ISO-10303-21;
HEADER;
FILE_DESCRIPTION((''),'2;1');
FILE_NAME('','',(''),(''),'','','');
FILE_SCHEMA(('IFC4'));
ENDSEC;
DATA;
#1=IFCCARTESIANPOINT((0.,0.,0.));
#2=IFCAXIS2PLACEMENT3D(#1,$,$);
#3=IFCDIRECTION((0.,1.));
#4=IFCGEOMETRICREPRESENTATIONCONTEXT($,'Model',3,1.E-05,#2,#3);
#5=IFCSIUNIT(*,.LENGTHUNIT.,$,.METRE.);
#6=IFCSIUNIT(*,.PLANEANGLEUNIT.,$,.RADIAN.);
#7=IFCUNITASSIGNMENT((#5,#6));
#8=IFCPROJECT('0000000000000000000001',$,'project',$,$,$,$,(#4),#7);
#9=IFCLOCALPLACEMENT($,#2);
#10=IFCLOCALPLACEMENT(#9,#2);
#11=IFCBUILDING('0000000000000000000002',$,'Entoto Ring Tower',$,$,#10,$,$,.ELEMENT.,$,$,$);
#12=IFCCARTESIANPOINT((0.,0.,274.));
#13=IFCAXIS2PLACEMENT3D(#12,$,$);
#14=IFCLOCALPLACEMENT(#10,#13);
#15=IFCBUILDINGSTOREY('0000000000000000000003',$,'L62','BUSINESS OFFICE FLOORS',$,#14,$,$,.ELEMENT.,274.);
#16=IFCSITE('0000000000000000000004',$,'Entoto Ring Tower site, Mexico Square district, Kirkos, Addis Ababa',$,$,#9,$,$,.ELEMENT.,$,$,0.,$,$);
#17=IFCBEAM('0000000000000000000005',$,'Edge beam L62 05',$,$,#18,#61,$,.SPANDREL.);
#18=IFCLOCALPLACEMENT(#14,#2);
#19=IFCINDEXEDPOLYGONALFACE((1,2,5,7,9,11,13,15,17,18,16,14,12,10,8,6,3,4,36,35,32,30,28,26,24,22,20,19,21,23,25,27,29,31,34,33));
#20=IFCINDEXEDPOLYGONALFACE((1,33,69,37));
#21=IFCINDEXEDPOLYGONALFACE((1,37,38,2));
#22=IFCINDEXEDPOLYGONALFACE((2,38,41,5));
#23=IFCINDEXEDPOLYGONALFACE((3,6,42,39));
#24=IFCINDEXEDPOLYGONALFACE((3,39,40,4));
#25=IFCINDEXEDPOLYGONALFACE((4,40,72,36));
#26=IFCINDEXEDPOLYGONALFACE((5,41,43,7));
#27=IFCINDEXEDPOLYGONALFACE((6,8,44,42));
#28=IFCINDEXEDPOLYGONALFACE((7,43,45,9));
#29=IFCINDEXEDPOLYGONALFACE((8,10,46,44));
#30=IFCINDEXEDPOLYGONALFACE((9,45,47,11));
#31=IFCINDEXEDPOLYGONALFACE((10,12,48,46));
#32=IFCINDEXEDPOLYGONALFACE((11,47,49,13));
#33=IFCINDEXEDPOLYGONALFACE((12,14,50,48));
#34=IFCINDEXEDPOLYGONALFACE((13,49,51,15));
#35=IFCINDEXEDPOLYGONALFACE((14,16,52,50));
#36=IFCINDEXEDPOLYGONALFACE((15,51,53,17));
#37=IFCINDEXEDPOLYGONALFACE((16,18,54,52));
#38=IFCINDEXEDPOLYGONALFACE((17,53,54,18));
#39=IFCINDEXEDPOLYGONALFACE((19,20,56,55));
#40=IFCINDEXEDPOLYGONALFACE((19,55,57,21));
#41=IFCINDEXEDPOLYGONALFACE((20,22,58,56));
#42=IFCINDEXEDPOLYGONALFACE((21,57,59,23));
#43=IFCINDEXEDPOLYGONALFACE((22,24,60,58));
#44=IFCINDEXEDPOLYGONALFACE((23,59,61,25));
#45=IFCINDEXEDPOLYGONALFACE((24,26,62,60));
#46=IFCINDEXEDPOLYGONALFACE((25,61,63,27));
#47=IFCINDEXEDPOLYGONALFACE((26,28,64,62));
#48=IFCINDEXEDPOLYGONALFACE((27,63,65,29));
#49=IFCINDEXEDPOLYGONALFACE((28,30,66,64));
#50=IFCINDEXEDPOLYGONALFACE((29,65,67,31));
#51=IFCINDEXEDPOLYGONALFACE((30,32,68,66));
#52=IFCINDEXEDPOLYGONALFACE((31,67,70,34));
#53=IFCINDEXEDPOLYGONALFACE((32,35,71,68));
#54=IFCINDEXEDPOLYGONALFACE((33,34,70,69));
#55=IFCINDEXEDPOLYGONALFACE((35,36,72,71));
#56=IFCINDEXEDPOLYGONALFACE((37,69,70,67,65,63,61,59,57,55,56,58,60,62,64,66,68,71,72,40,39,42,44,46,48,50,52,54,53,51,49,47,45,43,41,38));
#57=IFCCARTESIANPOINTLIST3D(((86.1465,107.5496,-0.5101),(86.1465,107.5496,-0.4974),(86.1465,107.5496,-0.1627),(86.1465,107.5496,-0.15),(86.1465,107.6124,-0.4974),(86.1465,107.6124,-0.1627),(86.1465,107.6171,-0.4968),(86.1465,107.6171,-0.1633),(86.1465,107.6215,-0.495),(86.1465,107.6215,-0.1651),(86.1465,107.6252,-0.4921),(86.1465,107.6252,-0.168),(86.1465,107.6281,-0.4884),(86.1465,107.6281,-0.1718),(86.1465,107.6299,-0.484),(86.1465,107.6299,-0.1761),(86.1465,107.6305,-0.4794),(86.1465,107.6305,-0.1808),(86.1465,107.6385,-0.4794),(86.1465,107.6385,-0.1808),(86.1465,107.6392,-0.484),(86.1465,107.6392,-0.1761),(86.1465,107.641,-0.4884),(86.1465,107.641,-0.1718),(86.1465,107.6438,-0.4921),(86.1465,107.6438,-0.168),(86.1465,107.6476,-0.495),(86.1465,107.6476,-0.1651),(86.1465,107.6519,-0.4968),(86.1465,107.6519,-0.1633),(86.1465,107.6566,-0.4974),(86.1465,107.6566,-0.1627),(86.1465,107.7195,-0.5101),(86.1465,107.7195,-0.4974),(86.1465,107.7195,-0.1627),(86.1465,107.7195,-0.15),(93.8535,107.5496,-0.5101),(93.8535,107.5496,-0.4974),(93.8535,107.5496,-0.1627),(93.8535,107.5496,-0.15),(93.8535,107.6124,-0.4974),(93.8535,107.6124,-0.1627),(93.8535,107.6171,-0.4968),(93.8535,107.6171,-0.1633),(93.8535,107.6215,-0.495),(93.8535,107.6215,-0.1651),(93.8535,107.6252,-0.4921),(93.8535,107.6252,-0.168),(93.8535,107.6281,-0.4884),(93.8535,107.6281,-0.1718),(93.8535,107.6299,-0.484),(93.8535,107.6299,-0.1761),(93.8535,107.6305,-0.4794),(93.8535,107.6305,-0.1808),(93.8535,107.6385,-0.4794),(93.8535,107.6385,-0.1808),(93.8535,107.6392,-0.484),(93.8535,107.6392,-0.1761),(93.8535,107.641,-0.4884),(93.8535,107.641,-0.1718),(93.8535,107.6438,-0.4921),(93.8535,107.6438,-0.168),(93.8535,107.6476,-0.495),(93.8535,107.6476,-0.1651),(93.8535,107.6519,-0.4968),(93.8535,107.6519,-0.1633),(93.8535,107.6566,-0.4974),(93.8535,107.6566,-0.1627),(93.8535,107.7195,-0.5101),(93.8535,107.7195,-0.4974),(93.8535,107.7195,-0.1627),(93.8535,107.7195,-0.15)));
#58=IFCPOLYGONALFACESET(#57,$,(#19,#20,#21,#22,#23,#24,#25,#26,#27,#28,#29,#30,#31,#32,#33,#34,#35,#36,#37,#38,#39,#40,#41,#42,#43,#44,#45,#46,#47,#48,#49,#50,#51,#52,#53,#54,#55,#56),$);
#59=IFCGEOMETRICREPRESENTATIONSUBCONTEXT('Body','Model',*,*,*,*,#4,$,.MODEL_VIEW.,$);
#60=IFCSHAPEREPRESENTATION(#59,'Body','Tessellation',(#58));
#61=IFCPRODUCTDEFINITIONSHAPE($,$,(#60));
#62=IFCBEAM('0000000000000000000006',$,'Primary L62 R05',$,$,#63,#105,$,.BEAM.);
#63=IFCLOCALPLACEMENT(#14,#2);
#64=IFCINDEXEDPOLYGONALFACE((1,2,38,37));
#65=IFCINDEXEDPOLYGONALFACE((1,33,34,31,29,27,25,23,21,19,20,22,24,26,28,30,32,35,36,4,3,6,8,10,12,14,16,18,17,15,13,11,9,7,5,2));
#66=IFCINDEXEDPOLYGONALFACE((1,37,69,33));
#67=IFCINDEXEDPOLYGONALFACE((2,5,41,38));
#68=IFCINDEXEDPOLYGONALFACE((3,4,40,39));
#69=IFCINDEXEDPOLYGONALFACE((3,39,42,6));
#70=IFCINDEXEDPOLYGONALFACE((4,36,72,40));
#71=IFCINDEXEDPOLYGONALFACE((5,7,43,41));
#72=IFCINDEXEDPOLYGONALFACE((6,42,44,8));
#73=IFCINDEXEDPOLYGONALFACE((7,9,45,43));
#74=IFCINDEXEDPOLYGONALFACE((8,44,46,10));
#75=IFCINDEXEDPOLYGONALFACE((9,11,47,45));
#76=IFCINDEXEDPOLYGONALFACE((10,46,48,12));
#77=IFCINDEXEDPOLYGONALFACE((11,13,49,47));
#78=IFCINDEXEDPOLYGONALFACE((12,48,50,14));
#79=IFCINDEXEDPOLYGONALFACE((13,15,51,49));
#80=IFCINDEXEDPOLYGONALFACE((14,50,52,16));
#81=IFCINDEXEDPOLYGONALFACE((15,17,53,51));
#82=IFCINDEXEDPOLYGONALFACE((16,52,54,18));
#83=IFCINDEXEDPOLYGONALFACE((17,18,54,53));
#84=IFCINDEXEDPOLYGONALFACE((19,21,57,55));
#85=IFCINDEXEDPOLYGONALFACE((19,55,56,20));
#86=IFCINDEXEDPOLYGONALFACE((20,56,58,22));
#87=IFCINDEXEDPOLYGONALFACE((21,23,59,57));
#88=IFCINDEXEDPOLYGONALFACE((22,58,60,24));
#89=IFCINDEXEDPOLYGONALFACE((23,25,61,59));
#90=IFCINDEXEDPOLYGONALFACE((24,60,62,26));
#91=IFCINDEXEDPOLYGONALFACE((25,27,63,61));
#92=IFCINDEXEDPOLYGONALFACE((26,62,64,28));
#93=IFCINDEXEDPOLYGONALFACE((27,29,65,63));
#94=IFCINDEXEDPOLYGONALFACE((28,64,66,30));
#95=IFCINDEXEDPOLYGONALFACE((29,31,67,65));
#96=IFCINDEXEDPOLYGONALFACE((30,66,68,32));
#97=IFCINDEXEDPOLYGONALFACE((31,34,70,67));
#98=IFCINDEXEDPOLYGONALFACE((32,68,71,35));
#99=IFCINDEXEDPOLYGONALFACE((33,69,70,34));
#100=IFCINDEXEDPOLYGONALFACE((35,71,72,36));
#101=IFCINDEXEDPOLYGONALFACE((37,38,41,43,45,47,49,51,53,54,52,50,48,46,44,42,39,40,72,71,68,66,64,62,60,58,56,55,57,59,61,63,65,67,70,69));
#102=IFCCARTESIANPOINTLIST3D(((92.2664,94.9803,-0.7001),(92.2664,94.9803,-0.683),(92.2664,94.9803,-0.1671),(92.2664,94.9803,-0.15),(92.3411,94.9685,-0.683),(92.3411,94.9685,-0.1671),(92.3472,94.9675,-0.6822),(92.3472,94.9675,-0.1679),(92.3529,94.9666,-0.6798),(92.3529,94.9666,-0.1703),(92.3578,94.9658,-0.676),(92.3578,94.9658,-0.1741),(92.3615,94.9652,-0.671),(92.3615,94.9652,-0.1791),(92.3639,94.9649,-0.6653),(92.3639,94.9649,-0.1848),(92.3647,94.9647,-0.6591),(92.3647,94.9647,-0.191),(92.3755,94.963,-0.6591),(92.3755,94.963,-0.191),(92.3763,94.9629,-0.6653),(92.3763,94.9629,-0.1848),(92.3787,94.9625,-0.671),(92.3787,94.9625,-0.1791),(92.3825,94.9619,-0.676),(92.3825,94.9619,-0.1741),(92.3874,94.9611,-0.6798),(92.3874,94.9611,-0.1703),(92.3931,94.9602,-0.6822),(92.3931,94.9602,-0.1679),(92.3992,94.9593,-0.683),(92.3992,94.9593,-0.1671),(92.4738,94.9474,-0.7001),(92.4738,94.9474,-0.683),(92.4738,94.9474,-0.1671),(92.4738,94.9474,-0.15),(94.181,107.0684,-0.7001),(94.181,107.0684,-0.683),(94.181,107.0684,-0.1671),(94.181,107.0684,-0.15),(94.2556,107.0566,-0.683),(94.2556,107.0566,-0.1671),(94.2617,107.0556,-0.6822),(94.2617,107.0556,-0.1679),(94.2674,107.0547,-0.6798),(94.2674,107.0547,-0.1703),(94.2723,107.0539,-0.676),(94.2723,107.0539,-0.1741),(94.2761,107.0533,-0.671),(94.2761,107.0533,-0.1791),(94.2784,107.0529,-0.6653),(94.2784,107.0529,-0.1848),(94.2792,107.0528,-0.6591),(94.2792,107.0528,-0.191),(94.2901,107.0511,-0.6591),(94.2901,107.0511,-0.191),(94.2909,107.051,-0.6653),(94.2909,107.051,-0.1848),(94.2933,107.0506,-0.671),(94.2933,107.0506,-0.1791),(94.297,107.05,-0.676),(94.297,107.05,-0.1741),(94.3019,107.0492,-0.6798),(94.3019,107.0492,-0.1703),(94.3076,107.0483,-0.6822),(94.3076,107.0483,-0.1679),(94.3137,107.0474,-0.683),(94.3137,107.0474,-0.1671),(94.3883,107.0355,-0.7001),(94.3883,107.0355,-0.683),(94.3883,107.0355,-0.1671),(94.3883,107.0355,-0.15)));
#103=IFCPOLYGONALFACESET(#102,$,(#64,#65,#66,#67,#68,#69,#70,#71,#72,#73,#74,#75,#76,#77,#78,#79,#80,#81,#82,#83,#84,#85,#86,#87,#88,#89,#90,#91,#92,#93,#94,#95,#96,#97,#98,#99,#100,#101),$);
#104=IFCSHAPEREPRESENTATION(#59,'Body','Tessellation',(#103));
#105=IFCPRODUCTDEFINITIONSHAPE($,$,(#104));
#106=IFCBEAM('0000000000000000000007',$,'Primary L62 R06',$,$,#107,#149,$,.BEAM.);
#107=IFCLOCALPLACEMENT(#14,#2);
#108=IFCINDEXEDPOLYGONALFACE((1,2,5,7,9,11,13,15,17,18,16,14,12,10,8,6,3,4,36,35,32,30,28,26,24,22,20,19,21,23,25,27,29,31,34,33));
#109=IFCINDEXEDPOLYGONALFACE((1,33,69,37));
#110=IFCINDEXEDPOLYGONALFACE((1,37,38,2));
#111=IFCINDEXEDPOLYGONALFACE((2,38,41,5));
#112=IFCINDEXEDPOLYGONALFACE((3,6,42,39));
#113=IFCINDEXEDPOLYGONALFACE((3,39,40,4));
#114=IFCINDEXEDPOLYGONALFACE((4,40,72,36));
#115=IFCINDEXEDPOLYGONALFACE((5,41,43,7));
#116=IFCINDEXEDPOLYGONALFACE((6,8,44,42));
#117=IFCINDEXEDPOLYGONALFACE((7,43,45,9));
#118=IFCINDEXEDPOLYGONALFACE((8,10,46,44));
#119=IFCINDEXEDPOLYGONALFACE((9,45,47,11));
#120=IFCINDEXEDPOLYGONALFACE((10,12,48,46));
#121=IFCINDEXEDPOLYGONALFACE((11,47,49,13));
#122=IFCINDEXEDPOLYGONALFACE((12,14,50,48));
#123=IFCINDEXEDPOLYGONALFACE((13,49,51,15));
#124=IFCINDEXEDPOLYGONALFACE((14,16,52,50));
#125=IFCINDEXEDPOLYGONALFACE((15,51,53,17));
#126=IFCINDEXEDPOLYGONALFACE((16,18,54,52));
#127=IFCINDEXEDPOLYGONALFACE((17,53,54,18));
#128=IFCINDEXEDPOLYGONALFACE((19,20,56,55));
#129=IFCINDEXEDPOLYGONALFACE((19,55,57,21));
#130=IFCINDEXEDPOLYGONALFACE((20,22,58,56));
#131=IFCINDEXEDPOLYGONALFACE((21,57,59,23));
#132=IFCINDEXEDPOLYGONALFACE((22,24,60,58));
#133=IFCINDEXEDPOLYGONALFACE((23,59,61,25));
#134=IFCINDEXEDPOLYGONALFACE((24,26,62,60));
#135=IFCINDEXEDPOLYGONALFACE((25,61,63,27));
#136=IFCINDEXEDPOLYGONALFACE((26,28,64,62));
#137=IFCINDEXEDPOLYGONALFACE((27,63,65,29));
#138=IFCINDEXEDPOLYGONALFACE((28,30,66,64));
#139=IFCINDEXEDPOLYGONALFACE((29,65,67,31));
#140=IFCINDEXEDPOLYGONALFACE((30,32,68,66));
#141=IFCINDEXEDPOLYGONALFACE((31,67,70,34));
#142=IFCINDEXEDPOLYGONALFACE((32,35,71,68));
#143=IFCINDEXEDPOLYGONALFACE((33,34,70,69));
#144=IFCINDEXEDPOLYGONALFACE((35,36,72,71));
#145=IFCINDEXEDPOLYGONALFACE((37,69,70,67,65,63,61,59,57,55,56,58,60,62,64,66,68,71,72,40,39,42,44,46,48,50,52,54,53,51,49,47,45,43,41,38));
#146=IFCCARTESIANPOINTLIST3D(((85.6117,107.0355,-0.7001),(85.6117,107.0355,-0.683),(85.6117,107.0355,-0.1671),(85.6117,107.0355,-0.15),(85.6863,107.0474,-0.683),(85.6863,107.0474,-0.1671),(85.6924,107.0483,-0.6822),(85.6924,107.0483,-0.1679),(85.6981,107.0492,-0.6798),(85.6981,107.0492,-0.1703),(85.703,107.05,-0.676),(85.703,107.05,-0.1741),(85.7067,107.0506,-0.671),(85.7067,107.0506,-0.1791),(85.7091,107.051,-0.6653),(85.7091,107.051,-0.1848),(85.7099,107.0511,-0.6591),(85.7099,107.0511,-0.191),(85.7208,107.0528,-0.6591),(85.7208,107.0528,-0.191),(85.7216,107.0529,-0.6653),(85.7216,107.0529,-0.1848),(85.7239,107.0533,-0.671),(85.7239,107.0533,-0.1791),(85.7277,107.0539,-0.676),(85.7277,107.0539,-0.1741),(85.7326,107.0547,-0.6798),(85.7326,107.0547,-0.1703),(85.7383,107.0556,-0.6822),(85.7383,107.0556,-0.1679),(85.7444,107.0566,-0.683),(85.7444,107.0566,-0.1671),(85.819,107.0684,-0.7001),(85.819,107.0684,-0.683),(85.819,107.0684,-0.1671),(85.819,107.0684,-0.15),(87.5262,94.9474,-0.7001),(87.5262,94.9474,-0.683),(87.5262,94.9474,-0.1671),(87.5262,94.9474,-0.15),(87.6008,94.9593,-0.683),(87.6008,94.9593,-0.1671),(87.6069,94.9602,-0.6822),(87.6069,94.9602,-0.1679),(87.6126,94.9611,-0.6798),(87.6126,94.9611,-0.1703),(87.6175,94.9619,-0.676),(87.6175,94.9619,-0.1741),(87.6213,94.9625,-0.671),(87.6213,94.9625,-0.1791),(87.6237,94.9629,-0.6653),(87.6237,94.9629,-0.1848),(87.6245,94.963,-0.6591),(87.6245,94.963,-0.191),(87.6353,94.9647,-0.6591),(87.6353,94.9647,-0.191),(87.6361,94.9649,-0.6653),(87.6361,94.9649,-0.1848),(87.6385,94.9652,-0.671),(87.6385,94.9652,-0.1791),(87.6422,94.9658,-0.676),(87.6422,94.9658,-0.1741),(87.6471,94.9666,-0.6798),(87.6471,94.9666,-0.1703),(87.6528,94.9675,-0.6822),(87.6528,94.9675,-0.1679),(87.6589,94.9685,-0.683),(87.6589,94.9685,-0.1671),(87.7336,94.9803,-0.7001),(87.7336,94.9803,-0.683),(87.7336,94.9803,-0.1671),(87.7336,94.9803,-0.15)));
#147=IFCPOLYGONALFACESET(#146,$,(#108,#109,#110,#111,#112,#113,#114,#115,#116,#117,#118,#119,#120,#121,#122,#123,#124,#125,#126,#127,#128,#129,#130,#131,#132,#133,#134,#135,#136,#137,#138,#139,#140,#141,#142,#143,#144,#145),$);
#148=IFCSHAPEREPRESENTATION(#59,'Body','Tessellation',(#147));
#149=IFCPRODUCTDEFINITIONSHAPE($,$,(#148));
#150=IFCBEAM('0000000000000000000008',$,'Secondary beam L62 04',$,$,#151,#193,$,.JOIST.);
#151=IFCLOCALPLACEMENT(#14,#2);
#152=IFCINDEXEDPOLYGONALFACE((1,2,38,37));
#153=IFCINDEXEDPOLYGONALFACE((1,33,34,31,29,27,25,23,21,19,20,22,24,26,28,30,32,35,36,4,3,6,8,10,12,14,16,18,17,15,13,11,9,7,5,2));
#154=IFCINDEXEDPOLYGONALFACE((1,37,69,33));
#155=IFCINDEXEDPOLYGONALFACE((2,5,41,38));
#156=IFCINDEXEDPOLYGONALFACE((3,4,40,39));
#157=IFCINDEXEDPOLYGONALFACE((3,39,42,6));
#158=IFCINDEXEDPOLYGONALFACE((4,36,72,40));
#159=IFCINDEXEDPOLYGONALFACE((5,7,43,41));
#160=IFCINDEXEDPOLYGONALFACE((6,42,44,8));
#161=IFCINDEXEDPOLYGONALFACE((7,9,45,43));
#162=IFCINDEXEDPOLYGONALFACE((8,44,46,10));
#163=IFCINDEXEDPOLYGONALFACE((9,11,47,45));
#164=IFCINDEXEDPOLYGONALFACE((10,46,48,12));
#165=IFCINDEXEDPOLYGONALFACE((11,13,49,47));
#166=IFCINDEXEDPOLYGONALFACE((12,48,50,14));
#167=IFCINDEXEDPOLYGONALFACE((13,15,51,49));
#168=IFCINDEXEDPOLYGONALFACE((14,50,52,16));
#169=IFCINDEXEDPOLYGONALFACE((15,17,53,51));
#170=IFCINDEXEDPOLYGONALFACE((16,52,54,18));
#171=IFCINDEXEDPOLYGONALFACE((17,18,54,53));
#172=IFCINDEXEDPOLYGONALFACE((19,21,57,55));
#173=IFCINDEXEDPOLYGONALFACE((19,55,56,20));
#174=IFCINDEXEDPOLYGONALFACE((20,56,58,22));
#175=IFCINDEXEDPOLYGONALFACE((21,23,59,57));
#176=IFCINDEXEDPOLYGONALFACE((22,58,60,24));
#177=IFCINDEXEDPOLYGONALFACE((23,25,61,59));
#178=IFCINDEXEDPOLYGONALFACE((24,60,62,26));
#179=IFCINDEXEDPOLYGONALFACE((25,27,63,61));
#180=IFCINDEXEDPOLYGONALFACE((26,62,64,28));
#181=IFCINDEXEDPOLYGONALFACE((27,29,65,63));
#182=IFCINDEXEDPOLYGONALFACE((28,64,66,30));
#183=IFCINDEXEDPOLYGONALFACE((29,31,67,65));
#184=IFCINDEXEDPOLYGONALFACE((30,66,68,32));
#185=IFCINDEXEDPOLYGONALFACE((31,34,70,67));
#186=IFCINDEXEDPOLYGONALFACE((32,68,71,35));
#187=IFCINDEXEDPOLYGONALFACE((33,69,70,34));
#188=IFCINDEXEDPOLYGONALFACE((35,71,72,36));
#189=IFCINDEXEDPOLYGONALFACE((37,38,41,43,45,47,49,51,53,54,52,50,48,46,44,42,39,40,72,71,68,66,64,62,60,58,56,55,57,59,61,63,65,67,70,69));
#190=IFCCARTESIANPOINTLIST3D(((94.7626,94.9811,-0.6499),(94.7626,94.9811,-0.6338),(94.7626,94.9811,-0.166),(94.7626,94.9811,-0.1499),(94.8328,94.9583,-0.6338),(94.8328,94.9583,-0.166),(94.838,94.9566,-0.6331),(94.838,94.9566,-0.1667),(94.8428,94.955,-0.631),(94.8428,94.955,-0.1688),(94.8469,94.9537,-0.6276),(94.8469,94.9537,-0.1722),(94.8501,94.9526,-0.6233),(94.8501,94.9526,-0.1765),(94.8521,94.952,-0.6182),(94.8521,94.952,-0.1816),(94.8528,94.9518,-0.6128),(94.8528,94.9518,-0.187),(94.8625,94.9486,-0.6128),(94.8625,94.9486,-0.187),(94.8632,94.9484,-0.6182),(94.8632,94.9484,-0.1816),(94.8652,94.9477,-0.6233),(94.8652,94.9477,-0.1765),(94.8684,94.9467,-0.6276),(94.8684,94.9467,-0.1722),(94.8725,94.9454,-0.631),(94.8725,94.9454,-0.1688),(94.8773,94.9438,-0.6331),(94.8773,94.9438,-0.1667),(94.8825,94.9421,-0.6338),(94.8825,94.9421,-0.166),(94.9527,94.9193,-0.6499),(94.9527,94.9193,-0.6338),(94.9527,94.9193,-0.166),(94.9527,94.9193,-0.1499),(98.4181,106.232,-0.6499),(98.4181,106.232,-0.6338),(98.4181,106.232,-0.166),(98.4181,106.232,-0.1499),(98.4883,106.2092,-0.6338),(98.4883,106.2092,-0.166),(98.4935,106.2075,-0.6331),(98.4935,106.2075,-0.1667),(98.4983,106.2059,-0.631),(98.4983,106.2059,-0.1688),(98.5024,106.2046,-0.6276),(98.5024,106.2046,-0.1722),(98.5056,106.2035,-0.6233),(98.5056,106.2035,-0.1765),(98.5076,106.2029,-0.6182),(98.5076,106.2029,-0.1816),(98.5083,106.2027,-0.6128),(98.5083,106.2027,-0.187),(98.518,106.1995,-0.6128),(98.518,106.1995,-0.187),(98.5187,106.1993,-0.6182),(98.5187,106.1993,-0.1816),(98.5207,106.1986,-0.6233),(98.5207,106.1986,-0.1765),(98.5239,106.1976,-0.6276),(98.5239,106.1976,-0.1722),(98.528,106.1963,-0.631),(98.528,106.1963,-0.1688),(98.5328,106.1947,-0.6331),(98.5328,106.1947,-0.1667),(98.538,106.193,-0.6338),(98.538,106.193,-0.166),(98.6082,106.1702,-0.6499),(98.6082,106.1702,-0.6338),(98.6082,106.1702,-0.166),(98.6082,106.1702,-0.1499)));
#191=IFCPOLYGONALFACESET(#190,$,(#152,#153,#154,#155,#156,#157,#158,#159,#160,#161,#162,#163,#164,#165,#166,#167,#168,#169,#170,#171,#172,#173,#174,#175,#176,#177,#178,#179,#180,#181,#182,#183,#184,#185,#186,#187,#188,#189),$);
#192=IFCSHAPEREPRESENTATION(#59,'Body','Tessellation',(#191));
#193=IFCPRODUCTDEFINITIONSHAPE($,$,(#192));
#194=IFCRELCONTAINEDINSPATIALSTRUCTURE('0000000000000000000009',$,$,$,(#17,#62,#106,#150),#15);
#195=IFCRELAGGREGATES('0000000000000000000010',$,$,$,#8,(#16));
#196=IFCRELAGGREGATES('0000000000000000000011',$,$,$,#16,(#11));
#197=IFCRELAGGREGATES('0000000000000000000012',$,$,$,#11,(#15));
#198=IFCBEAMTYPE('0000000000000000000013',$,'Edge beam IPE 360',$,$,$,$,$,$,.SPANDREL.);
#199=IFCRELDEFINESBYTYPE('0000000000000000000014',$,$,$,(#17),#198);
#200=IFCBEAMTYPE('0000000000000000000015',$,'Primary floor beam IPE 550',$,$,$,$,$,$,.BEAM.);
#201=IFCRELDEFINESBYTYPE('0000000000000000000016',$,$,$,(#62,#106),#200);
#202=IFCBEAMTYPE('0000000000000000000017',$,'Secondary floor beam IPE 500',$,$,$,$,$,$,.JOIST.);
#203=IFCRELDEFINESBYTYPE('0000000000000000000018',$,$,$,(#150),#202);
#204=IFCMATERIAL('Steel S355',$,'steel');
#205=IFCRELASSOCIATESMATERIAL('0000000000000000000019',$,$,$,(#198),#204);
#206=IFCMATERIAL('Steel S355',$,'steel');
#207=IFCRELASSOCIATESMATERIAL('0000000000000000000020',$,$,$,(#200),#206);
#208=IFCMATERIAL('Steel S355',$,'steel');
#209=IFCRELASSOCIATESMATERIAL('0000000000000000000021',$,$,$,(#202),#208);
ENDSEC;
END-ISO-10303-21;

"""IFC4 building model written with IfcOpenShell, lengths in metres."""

from ifc_helpers import new_model, si_unit, direction, frame, origin, origin_2d, place, context, subcontext, project, spatial, i_section, extrude, material, material_profile, profile_set, type_object, element, save


model = new_model("IFC4")

# Units and contexts
model_context = context("Model", 3, precision=1e-05, world=origin(), true_north=direction((0.0, 1.0)))
body_context = subcontext(model_context, "Body", "Model", "MODEL_VIEW")
ifc_project = project(units=[si_unit("LENGTHUNIT", "METRE"), si_unit("PLANEANGLEUNIT", "RADIAN")], contexts=[model_context])

# Site, building, storey
site_placement = place(None, origin())
site = spatial("IfcSite", under=ifc_project, at=site_placement, Name="Entoto Ring Tower site, Mexico Square district, Kirkos, Addis Ababa", CompositionType="ELEMENT", RefElevation=0.0)
building_placement = place(site_placement, origin())
building = spatial("IfcBuilding", under=site, at=building_placement, Name="Entoto Ring Tower", CompositionType="ELEMENT")
storey_placement = place(building_placement, frame((0.0, 0.0, 274.0)))
storey = spatial("IfcBuildingStorey", under=building, at=storey_placement, Name="L62", Description="BUSINESS OFFICE FLOORS", CompositionType="ELEMENT", Elevation=274.0)

# Beams
ifc_material_1 = material(Name="Steel S355", Category="steel")
ifc_material_profile_1 = material_profile(ifc_material_1, i_section(OverallWidth=0.1699, OverallDepth=0.3601, WebThickness=0.0081, FlangeThickness=0.0127, FilletRadius=0.0181, at=origin_2d()), Name="IPE 360")
ifc_profile_set_1 = profile_set([ifc_material_profile_1], Name="Steel S355")
beam_type_1 = type_object("IfcBeamType", Name="Edge beam IPE 360", PredefinedType="SPANDREL", material=ifc_profile_set_1)
beam_1_placement = place(storey_placement, frame((93.8535, 107.6345, -0.3301), z_axis=(-1.0, 0.0, 0.0), x_axis=(0.0, -1.0, 0.0)))
element("IfcBeam", 1, at=beam_1_placement, inside=storey, type_object=beam_type_1, Name="Edge beam L62 05", PredefinedType="SPANDREL", context=body_context, shape_type="SweptSolid", body=[
    extrude(i_section(OverallWidth=0.1699, OverallDepth=0.3601, WebThickness=0.0081, FlangeThickness=0.0127, FilletRadius=0.0181, at=origin_2d()), origin(), (0.0, 0.0, 1.0), 7.707),
])
ifc_material_2 = material(Name="Steel S355", Category="steel")
ifc_material_profile_2 = material_profile(ifc_material_2, i_section(OverallWidth=0.21, OverallDepth=0.55, WebThickness=0.011, FlangeThickness=0.0171, FilletRadius=0.0239, at=origin_2d()), Name="IPE 550")
ifc_profile_set_2 = profile_set([ifc_material_profile_2], Name="Steel S355")
beam_type_2 = type_object("IfcBeamType", Name="Primary floor beam IPE 550", PredefinedType="BEAM", material=ifc_profile_set_2)
for number, where, z_axis, x_axis, name in (
    (2, (92.3701, 94.9639, -0.425), (0.156433, 0.987689, 0.0), (-0.987689, 0.156433, 0.0), "Primary L62 R05"),
    (3, (87.6299, 94.9639, -0.425), (-0.156433, 0.987689, 0.0), (-0.987689, -0.156433, 0.0), "Primary L62 R06"),
):
    element("IfcBeam", number, at=place(storey_placement, frame(where, z_axis=z_axis, x_axis=x_axis)), inside=storey, type_object=beam_type_2, Name=name, PredefinedType="BEAM", context=body_context, shape_type="SweptSolid", body=[
        extrude(i_section(OverallWidth=0.21, OverallDepth=0.55, WebThickness=0.011, FlangeThickness=0.0171, FilletRadius=0.0239, at=origin_2d()), origin(), (0.0, 0.0, 1.0), 12.2388),
    ])
ifc_material_3 = material(Name="Steel S355", Category="steel")
ifc_material_profile_3 = material_profile(ifc_material_3, i_section(OverallWidth=0.2, OverallDepth=0.5, WebThickness=0.0103, FlangeThickness=0.0161, FilletRadius=0.021, at=origin_2d()), Name="IPE 500")
ifc_profile_set_3 = profile_set([ifc_material_profile_3], Name="Steel S355")
beam_type_3 = type_object("IfcBeamType", Name="Secondary floor beam IPE 500", PredefinedType="JOIST", material=ifc_profile_set_3)
beam_2_placement = place(storey_placement, frame((94.8577, 94.9502, -0.3999), z_axis=(0.309006, 0.95106, 0.0), x_axis=(-0.95106, 0.309006, 0.0)))
element("IfcBeam", 4, at=beam_2_placement, inside=storey, type_object=beam_type_3, Name="Secondary beam L62 04", PredefinedType="JOIST", context=body_context, shape_type="SweptSolid", body=[
    extrude(i_section(OverallWidth=0.2, OverallDepth=0.5, WebThickness=0.0103, FlangeThickness=0.0161, FilletRadius=0.021, at=origin_2d()), origin(), (0.0, 0.0, 1.0), 11.8298),
])

save(model, "model.ifc")
